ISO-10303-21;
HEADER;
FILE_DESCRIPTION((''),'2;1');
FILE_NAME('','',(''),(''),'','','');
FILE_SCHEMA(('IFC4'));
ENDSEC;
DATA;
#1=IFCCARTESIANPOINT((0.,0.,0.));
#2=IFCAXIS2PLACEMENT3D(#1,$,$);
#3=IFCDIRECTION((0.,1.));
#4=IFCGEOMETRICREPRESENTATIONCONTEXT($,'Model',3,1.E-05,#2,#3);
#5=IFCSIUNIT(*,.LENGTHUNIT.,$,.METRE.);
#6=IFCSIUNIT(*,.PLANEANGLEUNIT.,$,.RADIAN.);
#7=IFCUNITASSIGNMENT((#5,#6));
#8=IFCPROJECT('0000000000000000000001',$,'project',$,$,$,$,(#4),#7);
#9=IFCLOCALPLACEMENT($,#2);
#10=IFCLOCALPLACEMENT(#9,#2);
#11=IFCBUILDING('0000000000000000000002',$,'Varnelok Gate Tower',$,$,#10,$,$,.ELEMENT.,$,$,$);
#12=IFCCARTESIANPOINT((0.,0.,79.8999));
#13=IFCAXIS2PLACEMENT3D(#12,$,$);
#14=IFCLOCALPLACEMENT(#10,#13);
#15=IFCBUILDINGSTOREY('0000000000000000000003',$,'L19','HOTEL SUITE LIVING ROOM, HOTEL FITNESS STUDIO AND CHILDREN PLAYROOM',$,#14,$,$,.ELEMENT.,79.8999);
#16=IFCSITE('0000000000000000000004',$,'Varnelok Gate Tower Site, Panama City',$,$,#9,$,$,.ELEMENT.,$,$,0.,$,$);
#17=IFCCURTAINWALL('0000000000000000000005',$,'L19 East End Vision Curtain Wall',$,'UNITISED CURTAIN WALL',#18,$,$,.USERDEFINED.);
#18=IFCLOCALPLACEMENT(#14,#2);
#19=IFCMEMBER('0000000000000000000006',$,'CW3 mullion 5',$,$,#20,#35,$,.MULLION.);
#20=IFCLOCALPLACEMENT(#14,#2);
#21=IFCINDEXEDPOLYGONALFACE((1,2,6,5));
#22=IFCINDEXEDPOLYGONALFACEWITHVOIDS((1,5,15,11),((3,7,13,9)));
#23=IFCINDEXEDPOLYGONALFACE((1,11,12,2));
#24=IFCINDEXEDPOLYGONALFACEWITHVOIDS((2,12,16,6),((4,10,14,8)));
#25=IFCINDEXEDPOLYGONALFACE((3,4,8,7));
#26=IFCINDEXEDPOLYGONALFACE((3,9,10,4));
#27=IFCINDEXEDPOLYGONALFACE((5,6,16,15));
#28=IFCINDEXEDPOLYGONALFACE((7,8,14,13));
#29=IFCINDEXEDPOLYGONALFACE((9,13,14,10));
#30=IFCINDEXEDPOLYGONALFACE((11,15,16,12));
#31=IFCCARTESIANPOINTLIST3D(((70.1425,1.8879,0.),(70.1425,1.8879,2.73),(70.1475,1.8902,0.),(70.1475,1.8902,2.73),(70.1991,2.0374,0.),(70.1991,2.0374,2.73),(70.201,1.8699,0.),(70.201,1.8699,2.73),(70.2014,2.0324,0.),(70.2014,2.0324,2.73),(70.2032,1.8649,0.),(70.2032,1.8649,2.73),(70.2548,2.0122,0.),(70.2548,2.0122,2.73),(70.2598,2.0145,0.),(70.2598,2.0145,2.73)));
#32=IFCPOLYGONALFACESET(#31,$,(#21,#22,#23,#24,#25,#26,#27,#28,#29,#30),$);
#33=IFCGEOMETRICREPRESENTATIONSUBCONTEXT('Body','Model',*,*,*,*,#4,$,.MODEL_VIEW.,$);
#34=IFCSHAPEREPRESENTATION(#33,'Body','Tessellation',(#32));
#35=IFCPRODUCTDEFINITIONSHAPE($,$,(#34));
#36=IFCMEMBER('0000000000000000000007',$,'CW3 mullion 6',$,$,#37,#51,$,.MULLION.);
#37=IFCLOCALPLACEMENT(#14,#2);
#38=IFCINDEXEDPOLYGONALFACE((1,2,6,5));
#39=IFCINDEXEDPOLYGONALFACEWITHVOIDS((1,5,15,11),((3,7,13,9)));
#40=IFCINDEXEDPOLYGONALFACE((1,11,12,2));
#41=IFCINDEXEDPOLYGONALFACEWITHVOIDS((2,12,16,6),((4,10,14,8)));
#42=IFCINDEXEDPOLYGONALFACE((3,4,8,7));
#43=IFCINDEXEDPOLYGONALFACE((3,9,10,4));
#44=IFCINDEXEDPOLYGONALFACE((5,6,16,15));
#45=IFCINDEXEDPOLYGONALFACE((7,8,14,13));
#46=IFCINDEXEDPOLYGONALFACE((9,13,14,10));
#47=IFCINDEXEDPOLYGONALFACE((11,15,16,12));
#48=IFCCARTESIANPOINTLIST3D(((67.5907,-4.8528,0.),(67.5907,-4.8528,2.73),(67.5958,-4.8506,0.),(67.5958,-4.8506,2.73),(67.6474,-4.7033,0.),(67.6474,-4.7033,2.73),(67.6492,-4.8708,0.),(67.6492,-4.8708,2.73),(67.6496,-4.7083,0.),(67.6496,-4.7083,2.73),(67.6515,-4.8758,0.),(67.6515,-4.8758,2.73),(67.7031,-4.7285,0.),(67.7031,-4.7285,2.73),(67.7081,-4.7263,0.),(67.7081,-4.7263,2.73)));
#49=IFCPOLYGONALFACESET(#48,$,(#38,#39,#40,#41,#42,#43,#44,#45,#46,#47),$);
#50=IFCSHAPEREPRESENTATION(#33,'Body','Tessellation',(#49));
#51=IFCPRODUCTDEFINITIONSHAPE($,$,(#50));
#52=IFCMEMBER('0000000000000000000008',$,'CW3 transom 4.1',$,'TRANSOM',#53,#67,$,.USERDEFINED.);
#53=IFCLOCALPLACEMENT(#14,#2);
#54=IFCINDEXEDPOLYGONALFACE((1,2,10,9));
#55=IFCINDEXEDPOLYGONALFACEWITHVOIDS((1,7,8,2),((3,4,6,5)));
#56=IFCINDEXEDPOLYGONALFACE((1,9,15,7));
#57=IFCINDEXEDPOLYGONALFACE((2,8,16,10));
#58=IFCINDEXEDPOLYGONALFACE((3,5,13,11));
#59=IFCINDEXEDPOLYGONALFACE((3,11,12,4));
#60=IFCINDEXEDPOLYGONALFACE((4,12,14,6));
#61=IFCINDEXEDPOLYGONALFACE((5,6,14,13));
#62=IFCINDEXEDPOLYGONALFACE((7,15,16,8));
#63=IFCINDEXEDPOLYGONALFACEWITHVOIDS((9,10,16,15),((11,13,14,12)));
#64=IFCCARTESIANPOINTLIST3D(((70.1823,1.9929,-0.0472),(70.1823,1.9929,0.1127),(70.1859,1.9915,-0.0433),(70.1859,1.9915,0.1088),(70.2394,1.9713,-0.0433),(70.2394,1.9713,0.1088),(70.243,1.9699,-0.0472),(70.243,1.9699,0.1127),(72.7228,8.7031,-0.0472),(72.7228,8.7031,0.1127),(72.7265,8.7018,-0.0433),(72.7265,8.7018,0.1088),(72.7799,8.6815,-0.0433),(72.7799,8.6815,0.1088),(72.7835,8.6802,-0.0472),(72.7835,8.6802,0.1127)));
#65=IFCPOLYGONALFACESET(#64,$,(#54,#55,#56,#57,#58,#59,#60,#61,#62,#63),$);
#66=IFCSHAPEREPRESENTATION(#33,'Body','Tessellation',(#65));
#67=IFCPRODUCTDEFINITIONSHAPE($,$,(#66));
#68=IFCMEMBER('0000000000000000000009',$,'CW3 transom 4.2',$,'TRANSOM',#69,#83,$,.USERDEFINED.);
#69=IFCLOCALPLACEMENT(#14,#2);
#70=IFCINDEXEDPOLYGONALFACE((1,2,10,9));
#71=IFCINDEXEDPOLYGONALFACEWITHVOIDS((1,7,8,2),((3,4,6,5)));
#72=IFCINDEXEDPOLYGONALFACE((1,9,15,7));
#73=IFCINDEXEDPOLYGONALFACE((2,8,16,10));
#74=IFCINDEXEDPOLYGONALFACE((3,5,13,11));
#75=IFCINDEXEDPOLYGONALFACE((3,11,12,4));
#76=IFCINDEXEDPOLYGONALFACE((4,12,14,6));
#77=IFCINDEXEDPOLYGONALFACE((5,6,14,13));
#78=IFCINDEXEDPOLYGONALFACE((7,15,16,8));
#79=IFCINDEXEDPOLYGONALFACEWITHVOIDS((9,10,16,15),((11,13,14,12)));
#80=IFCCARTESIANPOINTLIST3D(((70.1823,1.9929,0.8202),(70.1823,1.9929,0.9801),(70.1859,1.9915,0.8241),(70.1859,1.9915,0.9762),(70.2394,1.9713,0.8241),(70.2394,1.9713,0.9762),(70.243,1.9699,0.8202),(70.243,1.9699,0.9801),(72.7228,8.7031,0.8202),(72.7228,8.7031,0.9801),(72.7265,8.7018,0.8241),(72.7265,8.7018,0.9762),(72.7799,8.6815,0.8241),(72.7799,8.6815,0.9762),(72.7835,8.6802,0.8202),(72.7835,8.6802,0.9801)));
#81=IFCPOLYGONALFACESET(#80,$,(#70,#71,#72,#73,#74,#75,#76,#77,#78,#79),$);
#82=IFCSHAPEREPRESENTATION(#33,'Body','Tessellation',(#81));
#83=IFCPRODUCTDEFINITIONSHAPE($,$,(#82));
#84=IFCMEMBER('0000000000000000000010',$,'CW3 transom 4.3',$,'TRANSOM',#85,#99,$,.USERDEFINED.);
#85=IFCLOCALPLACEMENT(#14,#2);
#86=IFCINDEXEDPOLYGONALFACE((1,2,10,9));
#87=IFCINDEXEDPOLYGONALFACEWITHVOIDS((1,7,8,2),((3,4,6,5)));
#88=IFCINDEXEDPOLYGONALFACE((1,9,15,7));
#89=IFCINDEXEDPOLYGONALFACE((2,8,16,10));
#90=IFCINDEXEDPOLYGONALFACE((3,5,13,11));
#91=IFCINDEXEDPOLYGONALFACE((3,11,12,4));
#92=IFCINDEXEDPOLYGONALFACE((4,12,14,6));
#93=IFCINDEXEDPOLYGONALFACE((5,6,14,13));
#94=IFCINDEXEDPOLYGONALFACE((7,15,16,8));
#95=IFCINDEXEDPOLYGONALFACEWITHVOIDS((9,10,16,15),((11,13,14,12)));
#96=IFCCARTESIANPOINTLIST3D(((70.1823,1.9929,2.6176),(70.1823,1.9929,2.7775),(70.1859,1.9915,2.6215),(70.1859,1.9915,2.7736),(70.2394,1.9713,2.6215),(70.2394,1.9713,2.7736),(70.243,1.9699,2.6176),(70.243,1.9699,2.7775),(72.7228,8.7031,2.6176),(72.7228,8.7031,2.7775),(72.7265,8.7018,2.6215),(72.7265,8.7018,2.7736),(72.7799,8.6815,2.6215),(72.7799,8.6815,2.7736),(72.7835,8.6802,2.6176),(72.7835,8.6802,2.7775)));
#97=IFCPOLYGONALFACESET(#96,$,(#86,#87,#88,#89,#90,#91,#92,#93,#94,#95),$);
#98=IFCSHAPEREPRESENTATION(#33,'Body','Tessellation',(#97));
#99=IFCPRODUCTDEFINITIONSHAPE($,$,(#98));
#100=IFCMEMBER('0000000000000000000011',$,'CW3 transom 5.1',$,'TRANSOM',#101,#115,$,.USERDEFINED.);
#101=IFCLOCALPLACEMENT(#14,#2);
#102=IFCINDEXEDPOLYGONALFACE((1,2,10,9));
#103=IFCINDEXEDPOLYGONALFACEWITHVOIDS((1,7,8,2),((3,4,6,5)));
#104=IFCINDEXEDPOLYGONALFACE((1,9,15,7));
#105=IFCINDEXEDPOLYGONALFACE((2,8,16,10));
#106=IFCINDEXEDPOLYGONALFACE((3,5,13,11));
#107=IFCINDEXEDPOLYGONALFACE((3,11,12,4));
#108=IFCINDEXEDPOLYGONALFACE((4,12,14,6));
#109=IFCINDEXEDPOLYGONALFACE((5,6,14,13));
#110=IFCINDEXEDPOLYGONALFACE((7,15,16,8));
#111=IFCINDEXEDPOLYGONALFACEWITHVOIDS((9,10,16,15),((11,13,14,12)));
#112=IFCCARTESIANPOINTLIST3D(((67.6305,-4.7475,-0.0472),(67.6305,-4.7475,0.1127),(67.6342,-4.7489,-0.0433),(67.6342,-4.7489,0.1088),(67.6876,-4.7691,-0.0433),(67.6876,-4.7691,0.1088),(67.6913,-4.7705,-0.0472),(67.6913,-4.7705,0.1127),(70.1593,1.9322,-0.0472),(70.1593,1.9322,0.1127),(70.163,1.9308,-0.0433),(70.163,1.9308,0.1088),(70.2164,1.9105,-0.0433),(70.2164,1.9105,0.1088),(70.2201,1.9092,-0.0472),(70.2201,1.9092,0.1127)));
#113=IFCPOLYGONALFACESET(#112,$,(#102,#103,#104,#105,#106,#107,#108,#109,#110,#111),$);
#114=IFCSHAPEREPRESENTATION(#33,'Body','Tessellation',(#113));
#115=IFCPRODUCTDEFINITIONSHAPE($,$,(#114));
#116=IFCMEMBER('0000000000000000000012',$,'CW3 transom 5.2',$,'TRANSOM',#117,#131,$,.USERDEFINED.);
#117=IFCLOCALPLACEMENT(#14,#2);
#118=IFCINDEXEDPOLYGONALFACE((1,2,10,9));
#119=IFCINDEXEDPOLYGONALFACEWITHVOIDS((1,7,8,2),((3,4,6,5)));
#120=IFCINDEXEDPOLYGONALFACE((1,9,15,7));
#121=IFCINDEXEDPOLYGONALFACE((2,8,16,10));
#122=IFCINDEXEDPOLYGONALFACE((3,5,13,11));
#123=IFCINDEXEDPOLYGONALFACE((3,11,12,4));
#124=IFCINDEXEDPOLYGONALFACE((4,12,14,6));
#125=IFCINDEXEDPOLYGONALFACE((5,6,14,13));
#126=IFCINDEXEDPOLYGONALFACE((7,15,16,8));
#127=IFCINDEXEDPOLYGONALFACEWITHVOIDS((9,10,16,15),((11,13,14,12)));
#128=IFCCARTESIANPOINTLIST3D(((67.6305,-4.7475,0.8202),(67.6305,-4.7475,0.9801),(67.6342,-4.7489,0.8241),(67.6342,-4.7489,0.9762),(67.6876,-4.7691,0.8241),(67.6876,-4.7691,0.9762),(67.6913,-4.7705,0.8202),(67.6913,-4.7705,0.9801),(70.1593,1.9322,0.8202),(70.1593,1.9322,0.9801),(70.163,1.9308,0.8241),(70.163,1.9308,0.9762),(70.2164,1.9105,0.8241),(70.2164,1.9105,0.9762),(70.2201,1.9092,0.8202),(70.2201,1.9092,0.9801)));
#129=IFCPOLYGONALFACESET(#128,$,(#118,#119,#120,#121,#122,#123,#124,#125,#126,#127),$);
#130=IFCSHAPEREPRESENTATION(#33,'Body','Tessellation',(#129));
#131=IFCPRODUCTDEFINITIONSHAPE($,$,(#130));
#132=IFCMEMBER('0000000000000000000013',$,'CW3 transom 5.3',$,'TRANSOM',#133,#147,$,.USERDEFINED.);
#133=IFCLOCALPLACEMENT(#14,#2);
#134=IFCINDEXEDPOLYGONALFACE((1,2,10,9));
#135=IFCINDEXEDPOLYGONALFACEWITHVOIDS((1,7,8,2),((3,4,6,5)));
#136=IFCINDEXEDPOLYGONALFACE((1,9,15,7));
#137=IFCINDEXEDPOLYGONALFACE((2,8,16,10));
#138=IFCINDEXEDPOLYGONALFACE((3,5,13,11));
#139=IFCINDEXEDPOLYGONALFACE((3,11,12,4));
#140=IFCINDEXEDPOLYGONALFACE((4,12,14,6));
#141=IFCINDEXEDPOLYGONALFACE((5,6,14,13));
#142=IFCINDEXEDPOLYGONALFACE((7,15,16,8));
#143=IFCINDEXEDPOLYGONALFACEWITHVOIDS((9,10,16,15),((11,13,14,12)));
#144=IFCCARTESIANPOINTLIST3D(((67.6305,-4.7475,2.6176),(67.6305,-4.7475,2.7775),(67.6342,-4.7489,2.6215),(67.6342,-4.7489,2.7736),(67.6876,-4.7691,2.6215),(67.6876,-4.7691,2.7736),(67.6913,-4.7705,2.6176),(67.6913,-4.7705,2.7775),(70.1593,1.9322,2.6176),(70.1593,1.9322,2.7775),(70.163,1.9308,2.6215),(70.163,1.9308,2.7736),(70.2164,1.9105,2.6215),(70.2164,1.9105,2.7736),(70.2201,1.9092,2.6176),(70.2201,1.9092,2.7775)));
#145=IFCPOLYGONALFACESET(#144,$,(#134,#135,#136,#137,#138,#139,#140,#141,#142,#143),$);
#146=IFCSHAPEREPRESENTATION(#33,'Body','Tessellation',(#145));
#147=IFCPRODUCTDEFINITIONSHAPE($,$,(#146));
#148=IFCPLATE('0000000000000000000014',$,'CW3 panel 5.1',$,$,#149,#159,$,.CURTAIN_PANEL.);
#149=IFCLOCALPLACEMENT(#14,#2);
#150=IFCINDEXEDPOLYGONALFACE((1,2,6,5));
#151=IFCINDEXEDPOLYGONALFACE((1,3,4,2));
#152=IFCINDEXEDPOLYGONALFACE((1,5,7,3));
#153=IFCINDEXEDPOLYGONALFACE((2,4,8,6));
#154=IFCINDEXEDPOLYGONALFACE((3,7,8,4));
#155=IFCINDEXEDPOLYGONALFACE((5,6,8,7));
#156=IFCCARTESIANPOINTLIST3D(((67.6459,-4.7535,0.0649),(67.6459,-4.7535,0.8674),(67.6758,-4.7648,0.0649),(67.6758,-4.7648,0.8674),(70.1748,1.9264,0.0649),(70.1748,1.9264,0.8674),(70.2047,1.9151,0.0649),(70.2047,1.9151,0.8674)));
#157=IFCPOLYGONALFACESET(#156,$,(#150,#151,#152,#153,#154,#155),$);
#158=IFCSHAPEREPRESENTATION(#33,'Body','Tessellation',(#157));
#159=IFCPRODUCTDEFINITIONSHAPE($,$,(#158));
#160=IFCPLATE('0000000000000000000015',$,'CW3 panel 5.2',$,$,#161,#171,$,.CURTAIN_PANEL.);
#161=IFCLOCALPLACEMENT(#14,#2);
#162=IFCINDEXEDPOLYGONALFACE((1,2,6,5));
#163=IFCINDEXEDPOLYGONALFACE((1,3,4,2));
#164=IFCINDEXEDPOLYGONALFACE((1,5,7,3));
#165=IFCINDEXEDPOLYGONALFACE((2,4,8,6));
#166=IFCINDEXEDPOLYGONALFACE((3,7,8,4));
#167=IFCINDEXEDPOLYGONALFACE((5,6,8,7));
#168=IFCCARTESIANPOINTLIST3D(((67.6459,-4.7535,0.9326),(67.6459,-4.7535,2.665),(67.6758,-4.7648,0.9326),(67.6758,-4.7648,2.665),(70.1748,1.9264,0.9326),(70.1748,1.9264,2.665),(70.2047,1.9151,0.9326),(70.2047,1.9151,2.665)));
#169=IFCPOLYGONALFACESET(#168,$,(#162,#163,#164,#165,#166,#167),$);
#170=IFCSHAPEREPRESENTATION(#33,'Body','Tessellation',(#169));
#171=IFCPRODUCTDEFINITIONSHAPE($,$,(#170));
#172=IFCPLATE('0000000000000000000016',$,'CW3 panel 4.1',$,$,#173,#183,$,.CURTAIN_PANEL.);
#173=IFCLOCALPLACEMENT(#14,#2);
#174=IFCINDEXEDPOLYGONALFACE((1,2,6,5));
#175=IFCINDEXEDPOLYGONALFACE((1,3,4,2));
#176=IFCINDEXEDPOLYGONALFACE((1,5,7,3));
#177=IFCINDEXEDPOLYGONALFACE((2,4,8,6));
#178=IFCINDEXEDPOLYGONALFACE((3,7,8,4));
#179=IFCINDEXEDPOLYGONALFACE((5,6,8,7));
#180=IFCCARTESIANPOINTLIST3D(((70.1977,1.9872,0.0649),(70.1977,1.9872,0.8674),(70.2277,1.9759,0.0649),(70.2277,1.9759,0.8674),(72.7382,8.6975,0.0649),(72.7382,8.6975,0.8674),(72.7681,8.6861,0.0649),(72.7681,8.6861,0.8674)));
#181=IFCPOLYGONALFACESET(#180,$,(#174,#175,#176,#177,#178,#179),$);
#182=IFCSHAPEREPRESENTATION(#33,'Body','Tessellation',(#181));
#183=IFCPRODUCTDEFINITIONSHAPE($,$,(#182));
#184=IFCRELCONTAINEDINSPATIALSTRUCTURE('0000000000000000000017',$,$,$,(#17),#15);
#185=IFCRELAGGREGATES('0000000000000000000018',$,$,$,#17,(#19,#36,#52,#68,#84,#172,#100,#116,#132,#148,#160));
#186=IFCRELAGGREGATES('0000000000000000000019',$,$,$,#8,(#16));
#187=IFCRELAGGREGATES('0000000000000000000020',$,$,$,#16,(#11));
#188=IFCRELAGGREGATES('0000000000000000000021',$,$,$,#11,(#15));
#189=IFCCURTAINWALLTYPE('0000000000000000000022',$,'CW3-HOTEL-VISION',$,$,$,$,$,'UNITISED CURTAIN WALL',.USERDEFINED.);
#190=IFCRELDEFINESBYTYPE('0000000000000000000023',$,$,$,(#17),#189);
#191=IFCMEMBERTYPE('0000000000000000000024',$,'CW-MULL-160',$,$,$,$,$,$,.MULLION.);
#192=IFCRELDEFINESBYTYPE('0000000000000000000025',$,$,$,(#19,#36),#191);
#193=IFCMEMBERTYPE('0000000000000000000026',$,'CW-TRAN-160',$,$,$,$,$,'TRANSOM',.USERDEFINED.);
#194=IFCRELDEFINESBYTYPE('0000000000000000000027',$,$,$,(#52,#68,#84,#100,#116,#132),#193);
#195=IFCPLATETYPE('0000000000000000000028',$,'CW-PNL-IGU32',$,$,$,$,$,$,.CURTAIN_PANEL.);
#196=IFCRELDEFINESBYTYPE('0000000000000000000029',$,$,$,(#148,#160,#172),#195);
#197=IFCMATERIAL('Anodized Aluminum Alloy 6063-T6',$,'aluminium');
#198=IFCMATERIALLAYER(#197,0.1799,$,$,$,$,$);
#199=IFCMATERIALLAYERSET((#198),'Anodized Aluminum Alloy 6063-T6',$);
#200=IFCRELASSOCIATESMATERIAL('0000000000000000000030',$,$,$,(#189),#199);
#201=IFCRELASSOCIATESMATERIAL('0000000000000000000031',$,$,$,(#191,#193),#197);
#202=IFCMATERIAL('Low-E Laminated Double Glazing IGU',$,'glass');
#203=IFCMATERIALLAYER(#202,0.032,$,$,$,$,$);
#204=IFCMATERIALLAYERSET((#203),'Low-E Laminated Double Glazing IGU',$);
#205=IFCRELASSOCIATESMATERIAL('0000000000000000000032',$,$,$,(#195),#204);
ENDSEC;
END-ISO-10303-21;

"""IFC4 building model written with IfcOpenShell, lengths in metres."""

from ifc_helpers import new_model, si_unit, direction, frame, origin, origin_2d, place, context, subcontext, project, spatial, rectangle, hollow_rectangle, extrude, source, transform, mapped, material, layer, layer_set, material_profile, profile_set, type_object, element, aggregate, save


model = new_model("IFC4")

# Units and contexts
model_context = context("Model", 3, precision=1e-05, world=origin(), true_north=direction((0.0, 1.0)))
body_context = subcontext(model_context, "Body", "Model", "MODEL_VIEW")
ifc_project = project(units=[si_unit("LENGTHUNIT", "METRE"), si_unit("PLANEANGLEUNIT", "RADIAN")], contexts=[model_context])

# Site, building, storey
site_placement = place(None, origin())
site = spatial("IfcSite", under=ifc_project, at=site_placement, Name="Varnelok Gate Tower Site, Panama City", CompositionType="ELEMENT", RefElevation=0.0)
building_placement = place(site_placement, origin())
building = spatial("IfcBuilding", under=site, at=building_placement, Name="Varnelok Gate Tower", CompositionType="ELEMENT")
storey_placement = place(building_placement, frame((0.0, 0.0, 79.8999)))
storey = spatial("IfcBuildingStorey", under=building, at=storey_placement, Name="L19", Description="HOTEL SUITE LIVING ROOM, HOTEL FITNESS STUDIO AND CHILDREN PLAYROOM", CompositionType="ELEMENT", Elevation=79.8999)

# Curtain wall, members, plates
ifc_material_1 = material(Name="Anodized Aluminum Alloy 6063-T6", Category="aluminium")
ifc_layer_1 = layer(ifc_material_1, 0.1799)
ifc_layer_set_1 = layer_set([ifc_layer_1], Name="Anodized Aluminum Alloy 6063-T6")
curtain_wall_type = type_object("IfcCurtainWallType", Name="CW3-HOTEL-VISION", ElementType="UNITISED CURTAIN WALL", PredefinedType="USERDEFINED", material=ifc_layer_set_1)
curtain_wall_placement = place(storey_placement, origin())
curtain_wall = element("IfcCurtainWall", 1, at=curtain_wall_placement, inside=storey, type_object=curtain_wall_type, Name="L19 East End Vision Curtain Wall", ObjectType="UNITISED CURTAIN WALL", PredefinedType="USERDEFINED")
ifc_material_profile_1 = material_profile(ifc_material_1, hollow_rectangle(XDim=0.0649, YDim=0.1599, WallThickness=0.0039, at=origin_2d()), Name="ALU160X65X4")
ifc_profile_set_1 = profile_set([ifc_material_profile_1], Name="Anodized Aluminum Alloy 6063-T6")
member_type_1 = type_object("IfcMemberType", Name="CW-MULL-160", PredefinedType="MULLION", material=ifc_profile_set_1)
member_1_placement = place(storey_placement, frame((70.2012, 1.9512, 0.0), z_axis=(0.0, 0.0, 1.0), x_axis=(0.935221, -0.354064, 0.0)))
member_1 = element("IfcMember", 2, at=member_1_placement, type_object=member_type_1, Name="CW3 mullion 5", PredefinedType="MULLION", context=body_context, shape_type="SweptSolid", body=[
    extrude(hollow_rectangle(XDim=0.0649, YDim=0.1599, WallThickness=0.0039, at=origin_2d()), origin(), (0.0, 0.0, 1.0), 2.73),
])
member_2_placement = place(storey_placement, frame((67.6494, -4.7896, 0.0), z_axis=(0.0, 0.0, 1.0), x_axis=(0.935221, -0.354064, 0.0)))
member_2 = element("IfcMember", 3, at=member_2_placement, type_object=member_type_1, Name="CW3 mullion 6", PredefinedType="MULLION", context=body_context, shape_type="SweptSolid", body=[
    extrude(hollow_rectangle(XDim=0.0649, YDim=0.1599, WallThickness=0.0039, at=origin_2d()), origin(), (0.0, 0.0, 1.0), 2.73),
])
ifc_material_profile_2 = material_profile(ifc_material_1, hollow_rectangle(XDim=0.0649, YDim=0.1599, WallThickness=0.0039, at=origin_2d()), Name="ALU160X65X4")
ifc_profile_set_2 = profile_set([ifc_material_profile_2], Name="Anodized Aluminum Alloy 6063-T6")
member_type_2 = type_object("IfcMemberType", Name="CW-TRAN-160", ElementType="TRANSOM", PredefinedType="USERDEFINED", material=ifc_profile_set_2)
member_3_placement = place(storey_placement, frame((72.7532, 8.6917, 0.0327), z_axis=(-0.354079, -0.935216, 0.0), x_axis=(0.935216, -0.354079, 0.0)))
member_3 = element("IfcMember", 4, at=member_3_placement, type_object=member_type_2, Name="CW3 transom 4.1", ObjectType="TRANSOM", PredefinedType="USERDEFINED", context=body_context, shape_type="SweptSolid", body=[
    extrude(hollow_rectangle(XDim=0.0649, YDim=0.1599, WallThickness=0.0039, at=origin_2d()), origin(), (0.0, 0.0, 1.0), 7.175),
])
member_4_placement = place(storey_placement, frame((72.7532, 8.6917, 0.9001), z_axis=(-0.354079, -0.935216, 0.0), x_axis=(0.935216, -0.354079, 0.0)))
member_4 = element("IfcMember", 5, at=member_4_placement, type_object=member_type_2, Name="CW3 transom 4.2", ObjectType="TRANSOM", PredefinedType="USERDEFINED", context=body_context, shape_type="SweptSolid", body=[
    extrude(hollow_rectangle(XDim=0.0649, YDim=0.1599, WallThickness=0.0039, at=origin_2d()), origin(), (0.0, 0.0, 1.0), 7.175),
])
member_5_placement = place(storey_placement, frame((72.7532, 8.6917, 2.6975), z_axis=(-0.354079, -0.935216, 0.0), x_axis=(0.935216, -0.354079, 0.0)))
member_5 = element("IfcMember", 6, at=member_5_placement, type_object=member_type_2, Name="CW3 transom 4.3", ObjectType="TRANSOM", PredefinedType="USERDEFINED", context=body_context, shape_type="SweptSolid", body=[
    extrude(hollow_rectangle(XDim=0.0649, YDim=0.1599, WallThickness=0.0039, at=origin_2d()), origin(), (0.0, 0.0, 1.0), 7.175),
])
member_6_placement = place(storey_placement, frame((70.1897, 1.9207, 0.0327), z_axis=(-0.354059, -0.935223, 0.0), x_axis=(0.935223, -0.354059, 0.0)))
member_6 = element("IfcMember", 7, at=member_6_placement, type_object=member_type_2, Name="CW3 transom 5.1", ObjectType="TRANSOM", PredefinedType="USERDEFINED", context=body_context, shape_type="SweptSolid", body=[
    extrude(hollow_rectangle(XDim=0.0649, YDim=0.1599, WallThickness=0.0039, at=origin_2d()), origin(), (0.0, 0.0, 1.0), 7.1423),
])
member_7_placement = place(storey_placement, frame((70.1897, 1.9207, 0.9001), z_axis=(-0.354059, -0.935223, 0.0), x_axis=(0.935223, -0.354059, 0.0)))
member_7 = element("IfcMember", 8, at=member_7_placement, type_object=member_type_2, Name="CW3 transom 5.2", ObjectType="TRANSOM", PredefinedType="USERDEFINED", context=body_context, shape_type="SweptSolid", body=[
    extrude(hollow_rectangle(XDim=0.0649, YDim=0.1599, WallThickness=0.0039, at=origin_2d()), origin(), (0.0, 0.0, 1.0), 7.1423),
])
member_8_placement = place(storey_placement, frame((70.1897, 1.9207, 2.6975), z_axis=(-0.354059, -0.935223, 0.0), x_axis=(0.935223, -0.354059, 0.0)))
member_8 = element("IfcMember", 9, at=member_8_placement, type_object=member_type_2, Name="CW3 transom 5.3", ObjectType="TRANSOM", PredefinedType="USERDEFINED", context=body_context, shape_type="SweptSolid", body=[
    extrude(hollow_rectangle(XDim=0.0649, YDim=0.1599, WallThickness=0.0039, at=origin_2d()), origin(), (0.0, 0.0, 1.0), 7.1423),
])
ifc_material_2 = material(Name="Low-E Laminated Double Glazing IGU", Category="glass")
ifc_layer_2 = layer(ifc_material_2, 0.032)
ifc_layer_set_2 = layer_set([ifc_layer_2], Name="Low-E Laminated Double Glazing IGU")
plate_type = type_object("IfcPlateType", Name="CW-PNL-IGU32", PredefinedType="CURTAIN_PANEL", material=ifc_layer_set_2)
shared_shape_1 = source(origin(), body_context, "Body", "SweptSolid", [
    extrude(rectangle(XDim=7.1426, YDim=0.032, at=origin_2d()), origin(), (0.0, 0.0, 1.0), 0.8025),
])
plate_1_placement = place(storey_placement, frame((68.9253, -1.4192, 0.0649), z_axis=(0.0, 0.0, 1.0), x_axis=(-0.354064, -0.935221, 0.0)))
plate_1 = element("IfcPlate", 10, at=plate_1_placement, type_object=plate_type, Name="CW3 panel 5.1", PredefinedType="CURTAIN_PANEL", context=body_context, shape_type="MappedRepresentation", body=[
    mapped(shared_shape_1, transform((0.0, 0.0, 0.0), scale=1.0)),
])
shared_shape_2 = source(origin(), body_context, "Body", "SweptSolid", [
    extrude(rectangle(XDim=7.1426, YDim=0.032, at=origin_2d()), origin(), (0.0, 0.0, 1.0), 1.7324),
])
plate_2_placement = place(storey_placement, frame((68.9253, -1.4192, 0.9326), z_axis=(0.0, 0.0, 1.0), x_axis=(-0.354064, -0.935221, 0.0)))
plate_2 = element("IfcPlate", 11, at=plate_2_placement, type_object=plate_type, Name="CW3 panel 5.2", PredefinedType="CURTAIN_PANEL", context=body_context, shape_type="MappedRepresentation", body=[
    mapped(shared_shape_2, transform((0.0, 0.0, 0.0), scale=1.0)),
])
shared_shape_3 = source(origin(), body_context, "Body", "SweptSolid", [
    extrude(rectangle(XDim=7.175, YDim=0.032, at=origin_2d()), origin(), (0.0, 0.0, 1.0), 0.8025),
])
plate_3_placement = place(storey_placement, frame((71.4829, 5.3367, 0.0649), z_axis=(0.0, 0.0, 1.0), x_axis=(-0.354064, -0.935221, 0.0)))
plate_3 = element("IfcPlate", 12, at=plate_3_placement, type_object=plate_type, Name="CW3 panel 4.1", PredefinedType="CURTAIN_PANEL", context=body_context, shape_type="MappedRepresentation", body=[
    mapped(shared_shape_3, transform((0.0, 0.0, 0.0), scale=1.0)),
])
aggregate(curtain_wall, [member_1, member_2, member_3, member_4, member_5, plate_3, member_6, member_7, member_8, plate_1, plate_2])

save(model, "model.ifc")
